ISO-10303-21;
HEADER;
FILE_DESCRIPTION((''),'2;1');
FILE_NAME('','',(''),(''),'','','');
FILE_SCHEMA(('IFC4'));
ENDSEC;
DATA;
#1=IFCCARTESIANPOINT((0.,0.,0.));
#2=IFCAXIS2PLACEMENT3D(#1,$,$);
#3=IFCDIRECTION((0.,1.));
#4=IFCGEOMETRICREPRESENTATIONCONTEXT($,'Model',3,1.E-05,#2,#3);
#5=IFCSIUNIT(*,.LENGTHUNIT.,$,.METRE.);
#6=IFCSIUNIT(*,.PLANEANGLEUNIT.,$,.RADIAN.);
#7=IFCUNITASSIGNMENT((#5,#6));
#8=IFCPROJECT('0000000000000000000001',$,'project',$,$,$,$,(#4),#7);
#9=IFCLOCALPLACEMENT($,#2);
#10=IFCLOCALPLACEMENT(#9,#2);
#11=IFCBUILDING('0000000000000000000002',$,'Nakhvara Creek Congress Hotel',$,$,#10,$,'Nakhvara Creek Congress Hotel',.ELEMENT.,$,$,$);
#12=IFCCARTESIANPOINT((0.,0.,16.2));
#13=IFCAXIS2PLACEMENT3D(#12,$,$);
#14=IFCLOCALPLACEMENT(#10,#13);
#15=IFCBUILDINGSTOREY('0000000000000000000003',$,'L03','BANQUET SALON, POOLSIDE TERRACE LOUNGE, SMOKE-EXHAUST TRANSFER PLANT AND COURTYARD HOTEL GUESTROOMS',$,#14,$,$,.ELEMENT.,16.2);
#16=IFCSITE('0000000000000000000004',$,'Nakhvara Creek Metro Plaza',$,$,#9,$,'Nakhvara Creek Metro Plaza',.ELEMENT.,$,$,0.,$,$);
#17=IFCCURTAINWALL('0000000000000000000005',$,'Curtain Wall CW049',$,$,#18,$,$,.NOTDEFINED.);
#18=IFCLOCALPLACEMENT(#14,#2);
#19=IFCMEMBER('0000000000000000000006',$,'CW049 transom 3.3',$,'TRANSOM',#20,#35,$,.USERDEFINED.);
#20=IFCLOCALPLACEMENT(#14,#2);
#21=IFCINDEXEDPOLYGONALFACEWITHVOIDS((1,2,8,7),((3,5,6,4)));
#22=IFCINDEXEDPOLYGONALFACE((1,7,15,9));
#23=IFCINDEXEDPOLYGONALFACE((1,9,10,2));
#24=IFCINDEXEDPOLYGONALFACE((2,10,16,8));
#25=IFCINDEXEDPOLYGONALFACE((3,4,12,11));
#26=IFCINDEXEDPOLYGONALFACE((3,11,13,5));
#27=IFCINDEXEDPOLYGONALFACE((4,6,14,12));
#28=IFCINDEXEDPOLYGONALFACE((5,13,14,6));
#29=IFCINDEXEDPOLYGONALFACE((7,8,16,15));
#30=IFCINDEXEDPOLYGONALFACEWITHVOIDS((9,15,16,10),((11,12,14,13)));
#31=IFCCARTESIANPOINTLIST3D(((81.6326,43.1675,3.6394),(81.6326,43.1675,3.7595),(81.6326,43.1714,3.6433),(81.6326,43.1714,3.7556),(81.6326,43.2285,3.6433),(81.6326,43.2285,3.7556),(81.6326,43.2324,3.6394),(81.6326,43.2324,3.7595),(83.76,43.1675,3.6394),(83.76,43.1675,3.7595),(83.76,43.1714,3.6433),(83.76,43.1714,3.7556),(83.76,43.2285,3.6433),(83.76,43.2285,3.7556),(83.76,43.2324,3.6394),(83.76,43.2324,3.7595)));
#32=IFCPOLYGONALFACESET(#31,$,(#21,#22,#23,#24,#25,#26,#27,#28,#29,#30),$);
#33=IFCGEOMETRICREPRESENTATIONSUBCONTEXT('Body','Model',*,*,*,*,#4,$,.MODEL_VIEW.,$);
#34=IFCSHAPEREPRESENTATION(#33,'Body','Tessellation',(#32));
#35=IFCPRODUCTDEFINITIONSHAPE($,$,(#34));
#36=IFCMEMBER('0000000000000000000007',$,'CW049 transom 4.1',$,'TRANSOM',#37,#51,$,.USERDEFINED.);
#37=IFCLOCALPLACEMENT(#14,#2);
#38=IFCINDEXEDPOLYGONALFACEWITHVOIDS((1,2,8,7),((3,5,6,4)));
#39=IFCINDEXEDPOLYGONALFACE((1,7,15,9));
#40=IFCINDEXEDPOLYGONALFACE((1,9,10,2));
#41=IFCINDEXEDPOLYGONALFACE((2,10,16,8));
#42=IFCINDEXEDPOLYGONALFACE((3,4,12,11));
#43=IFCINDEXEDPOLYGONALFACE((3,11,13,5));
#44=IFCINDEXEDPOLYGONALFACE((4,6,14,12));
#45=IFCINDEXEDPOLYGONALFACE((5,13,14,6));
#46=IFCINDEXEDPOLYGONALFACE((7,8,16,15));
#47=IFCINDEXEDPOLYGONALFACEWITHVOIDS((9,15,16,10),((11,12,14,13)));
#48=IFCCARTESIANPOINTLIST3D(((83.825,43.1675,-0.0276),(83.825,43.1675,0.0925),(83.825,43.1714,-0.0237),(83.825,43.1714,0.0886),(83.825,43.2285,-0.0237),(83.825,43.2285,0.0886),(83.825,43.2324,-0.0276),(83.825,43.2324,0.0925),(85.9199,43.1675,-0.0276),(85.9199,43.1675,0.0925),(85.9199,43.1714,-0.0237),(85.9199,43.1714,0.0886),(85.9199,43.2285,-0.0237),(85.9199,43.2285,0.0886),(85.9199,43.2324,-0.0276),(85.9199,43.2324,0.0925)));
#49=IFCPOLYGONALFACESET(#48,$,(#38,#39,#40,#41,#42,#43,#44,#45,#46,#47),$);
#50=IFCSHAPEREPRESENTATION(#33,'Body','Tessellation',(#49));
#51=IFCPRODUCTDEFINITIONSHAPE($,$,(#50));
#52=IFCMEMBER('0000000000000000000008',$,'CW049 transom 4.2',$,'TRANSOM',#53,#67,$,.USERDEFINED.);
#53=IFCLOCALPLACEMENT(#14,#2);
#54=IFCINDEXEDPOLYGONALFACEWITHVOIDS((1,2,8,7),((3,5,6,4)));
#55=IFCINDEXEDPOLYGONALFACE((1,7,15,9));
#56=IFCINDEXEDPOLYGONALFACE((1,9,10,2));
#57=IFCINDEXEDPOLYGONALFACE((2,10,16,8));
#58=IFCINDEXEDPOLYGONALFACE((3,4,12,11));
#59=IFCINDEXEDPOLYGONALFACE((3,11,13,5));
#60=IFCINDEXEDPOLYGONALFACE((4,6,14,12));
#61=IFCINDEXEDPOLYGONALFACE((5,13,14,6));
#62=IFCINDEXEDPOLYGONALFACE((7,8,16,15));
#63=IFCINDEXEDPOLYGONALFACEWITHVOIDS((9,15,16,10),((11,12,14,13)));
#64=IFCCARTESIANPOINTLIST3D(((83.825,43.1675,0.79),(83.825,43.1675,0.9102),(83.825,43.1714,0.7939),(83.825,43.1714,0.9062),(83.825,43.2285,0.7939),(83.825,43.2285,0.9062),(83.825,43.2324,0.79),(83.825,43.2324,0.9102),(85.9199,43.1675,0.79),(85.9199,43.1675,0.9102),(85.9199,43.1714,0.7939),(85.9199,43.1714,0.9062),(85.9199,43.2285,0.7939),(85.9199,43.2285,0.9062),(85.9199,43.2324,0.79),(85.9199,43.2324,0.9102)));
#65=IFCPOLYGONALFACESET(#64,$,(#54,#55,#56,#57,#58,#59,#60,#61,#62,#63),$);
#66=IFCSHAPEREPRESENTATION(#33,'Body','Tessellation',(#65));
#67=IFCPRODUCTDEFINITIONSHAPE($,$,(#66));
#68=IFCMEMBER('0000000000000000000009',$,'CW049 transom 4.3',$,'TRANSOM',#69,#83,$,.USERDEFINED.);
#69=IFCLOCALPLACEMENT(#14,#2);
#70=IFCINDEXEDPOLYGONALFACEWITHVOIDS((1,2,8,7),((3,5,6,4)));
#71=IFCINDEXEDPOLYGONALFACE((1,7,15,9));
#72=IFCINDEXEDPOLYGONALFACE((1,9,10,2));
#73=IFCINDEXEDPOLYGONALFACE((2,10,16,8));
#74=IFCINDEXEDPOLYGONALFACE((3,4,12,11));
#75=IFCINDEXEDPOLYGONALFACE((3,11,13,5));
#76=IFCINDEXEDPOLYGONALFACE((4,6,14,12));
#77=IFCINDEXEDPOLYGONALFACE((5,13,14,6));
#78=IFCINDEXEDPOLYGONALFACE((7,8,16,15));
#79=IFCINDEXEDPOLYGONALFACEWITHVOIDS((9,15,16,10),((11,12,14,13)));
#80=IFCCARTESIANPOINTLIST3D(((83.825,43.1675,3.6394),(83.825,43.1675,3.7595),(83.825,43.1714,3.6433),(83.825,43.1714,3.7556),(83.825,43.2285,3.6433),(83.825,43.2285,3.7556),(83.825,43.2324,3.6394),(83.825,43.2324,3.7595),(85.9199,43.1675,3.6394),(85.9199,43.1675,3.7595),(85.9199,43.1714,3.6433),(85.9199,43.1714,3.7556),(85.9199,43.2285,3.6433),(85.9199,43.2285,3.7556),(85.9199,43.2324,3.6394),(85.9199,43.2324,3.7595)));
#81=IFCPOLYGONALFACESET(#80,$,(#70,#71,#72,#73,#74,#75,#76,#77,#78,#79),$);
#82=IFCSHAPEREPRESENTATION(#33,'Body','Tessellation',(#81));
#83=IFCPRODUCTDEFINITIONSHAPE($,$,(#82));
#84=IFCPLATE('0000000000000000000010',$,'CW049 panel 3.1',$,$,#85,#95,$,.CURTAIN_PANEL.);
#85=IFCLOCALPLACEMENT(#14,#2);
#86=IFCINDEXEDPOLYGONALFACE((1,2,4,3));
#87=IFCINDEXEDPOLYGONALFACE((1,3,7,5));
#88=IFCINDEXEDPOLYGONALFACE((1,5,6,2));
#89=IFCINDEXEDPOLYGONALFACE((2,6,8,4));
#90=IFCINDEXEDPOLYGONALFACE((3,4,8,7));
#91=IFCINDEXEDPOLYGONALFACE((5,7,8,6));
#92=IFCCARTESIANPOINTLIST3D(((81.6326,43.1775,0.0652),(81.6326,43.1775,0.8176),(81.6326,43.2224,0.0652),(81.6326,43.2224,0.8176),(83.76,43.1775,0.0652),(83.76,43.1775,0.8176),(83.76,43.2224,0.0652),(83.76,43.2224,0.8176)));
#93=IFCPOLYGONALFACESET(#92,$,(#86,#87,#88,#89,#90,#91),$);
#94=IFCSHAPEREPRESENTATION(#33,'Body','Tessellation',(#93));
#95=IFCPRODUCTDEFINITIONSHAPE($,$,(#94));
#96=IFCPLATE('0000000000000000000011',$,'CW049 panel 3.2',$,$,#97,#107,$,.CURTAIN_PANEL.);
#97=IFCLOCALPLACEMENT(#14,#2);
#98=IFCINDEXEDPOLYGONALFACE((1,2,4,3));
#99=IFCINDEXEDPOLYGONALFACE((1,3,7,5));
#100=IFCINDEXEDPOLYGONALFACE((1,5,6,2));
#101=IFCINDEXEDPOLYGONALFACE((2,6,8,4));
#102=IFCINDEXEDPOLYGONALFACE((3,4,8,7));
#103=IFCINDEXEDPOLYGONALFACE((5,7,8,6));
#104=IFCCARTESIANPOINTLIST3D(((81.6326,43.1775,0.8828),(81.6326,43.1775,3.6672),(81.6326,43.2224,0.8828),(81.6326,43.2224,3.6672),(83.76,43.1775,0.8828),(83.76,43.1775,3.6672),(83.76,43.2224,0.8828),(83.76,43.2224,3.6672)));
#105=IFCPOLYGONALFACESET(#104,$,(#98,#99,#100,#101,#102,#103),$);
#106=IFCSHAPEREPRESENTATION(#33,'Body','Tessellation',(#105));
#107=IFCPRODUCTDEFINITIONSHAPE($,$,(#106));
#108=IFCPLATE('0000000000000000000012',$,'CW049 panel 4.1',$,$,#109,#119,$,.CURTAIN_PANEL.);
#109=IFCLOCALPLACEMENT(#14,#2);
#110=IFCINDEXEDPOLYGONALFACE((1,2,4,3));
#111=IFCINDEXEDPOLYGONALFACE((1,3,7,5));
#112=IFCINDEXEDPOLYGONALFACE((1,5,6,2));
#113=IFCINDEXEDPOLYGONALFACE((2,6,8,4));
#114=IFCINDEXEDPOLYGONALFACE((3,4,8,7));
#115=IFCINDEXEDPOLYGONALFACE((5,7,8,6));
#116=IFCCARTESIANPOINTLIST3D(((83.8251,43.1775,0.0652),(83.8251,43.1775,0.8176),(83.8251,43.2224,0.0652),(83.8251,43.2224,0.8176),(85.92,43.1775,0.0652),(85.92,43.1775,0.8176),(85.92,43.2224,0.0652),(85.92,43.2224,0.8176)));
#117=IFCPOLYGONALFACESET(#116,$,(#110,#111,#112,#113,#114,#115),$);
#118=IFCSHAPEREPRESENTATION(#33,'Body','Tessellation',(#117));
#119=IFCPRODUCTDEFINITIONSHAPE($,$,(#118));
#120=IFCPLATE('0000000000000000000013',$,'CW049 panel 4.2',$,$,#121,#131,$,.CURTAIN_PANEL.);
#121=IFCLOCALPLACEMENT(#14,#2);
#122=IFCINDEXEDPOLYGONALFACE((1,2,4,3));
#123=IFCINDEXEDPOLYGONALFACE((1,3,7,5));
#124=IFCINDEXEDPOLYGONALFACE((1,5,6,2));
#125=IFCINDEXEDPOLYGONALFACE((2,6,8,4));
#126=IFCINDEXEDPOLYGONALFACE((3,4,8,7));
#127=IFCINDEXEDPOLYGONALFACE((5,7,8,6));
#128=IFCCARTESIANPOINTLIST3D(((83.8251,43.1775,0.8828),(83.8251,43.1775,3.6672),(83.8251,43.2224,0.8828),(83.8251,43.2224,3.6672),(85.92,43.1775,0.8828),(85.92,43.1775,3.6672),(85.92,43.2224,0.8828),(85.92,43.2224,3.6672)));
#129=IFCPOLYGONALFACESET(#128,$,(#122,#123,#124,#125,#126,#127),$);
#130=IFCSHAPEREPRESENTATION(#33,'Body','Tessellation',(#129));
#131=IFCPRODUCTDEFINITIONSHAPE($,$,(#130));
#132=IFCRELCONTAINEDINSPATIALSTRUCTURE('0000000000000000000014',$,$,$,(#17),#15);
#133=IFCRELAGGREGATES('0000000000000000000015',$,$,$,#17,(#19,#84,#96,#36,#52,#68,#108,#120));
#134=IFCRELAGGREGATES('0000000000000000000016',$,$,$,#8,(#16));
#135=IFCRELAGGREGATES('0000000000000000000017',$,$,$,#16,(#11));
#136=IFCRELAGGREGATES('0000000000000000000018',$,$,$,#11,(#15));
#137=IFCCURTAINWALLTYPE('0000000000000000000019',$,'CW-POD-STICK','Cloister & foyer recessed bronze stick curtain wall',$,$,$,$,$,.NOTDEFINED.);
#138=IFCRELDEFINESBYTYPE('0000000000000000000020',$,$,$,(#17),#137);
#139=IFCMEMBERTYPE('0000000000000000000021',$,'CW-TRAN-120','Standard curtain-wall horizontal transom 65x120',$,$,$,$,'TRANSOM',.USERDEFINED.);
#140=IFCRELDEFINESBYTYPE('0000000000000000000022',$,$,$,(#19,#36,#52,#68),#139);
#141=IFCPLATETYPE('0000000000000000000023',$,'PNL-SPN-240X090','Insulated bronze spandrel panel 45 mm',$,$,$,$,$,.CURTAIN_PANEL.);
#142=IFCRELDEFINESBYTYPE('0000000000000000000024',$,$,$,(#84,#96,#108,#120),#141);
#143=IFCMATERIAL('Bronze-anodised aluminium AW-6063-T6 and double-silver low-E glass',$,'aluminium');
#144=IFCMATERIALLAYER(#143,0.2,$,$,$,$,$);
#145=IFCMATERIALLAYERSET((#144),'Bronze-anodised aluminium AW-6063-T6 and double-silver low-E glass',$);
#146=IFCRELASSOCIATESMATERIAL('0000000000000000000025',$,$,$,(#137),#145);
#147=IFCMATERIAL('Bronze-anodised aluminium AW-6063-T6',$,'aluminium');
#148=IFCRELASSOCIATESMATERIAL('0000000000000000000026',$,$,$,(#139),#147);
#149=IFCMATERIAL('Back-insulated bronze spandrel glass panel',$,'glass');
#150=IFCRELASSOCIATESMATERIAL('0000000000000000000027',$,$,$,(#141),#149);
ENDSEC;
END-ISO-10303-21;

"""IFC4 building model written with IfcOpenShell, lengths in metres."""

from ifc_helpers import new_model, si_unit, direction, frame, origin, origin_2d, place, context, subcontext, project, spatial, rectangle, hollow_rectangle, extrude, material, layer, layer_set, material_profile, profile_set, type_object, element, aggregate, save


model = new_model("IFC4")

# Units and contexts
model_context = context("Model", 3, precision=1e-05, world=origin(), true_north=direction((0.0, 1.0)))
body_context = subcontext(model_context, "Body", "Model", "MODEL_VIEW")
ifc_project = project(units=[si_unit("LENGTHUNIT", "METRE"), si_unit("PLANEANGLEUNIT", "RADIAN")], contexts=[model_context])

# Site, building, storey
site_placement = place(None, origin())
site = spatial("IfcSite", under=ifc_project, at=site_placement, Name="Nakhvara Creek Metro Plaza", LongName="Nakhvara Creek Metro Plaza", CompositionType="ELEMENT", RefElevation=0.0)
building_placement = place(site_placement, origin())
building = spatial("IfcBuilding", under=site, at=building_placement, Name="Nakhvara Creek Congress Hotel", LongName="Nakhvara Creek Congress Hotel", CompositionType="ELEMENT")
storey_placement = place(building_placement, frame((0.0, 0.0, 16.2)))
storey = spatial("IfcBuildingStorey", under=building, at=storey_placement, Name="L03", Description="BANQUET SALON, POOLSIDE TERRACE LOUNGE, SMOKE-EXHAUST TRANSFER PLANT AND COURTYARD HOTEL GUESTROOMS", CompositionType="ELEMENT", Elevation=16.2)

# Curtain wall, members, plates
ifc_material_1 = material(Name="Bronze-anodised aluminium AW-6063-T6 and double-silver low-E glass", Category="aluminium")
ifc_layer = layer(ifc_material_1, 0.2)
ifc_layer_set = layer_set([ifc_layer], Name="Bronze-anodised aluminium AW-6063-T6 and double-silver low-E glass")
curtain_wall_type = type_object("IfcCurtainWallType", Name="CW-POD-STICK", Description="Cloister & foyer recessed bronze stick curtain wall", PredefinedType="NOTDEFINED", material=ifc_layer_set)
curtain_wall_placement = place(storey_placement, origin())
curtain_wall = element("IfcCurtainWall", 1, at=curtain_wall_placement, inside=storey, type_object=curtain_wall_type, Name="Curtain Wall CW049", PredefinedType="NOTDEFINED")
ifc_material_2 = material(Name="Bronze-anodised aluminium AW-6063-T6", Category="aluminium")
ifc_material_profile_1 = material_profile(ifc_material_2, hollow_rectangle(XDim=0.0649, YDim=0.1201, WallThickness=0.0039, at=origin_2d()), Name="ALU-TRAN 65x120x4", Category="LoadBearing")
ifc_profile_set_1 = profile_set([ifc_material_profile_1], Name="Bronze-anodised aluminium AW-6063-T6")
member_type_1 = type_object("IfcMemberType", Name="CW-TRAN-120", Description="Standard curtain-wall horizontal transom 65x120", ElementType="TRANSOM", PredefinedType="USERDEFINED", material=ifc_profile_set_1)
member_1_placement = place(storey_placement, frame((81.6326, 43.2, 3.6995), z_axis=(1.0, 0.0, 0.0), x_axis=(0.0, 1.0, 0.0)))
member_1 = element("IfcMember", 2, at=member_1_placement, type_object=member_type_1, Name="CW049 transom 3.3", ObjectType="TRANSOM", PredefinedType="USERDEFINED", context=body_context, shape_type="SweptSolid", body=[
    extrude(hollow_rectangle(XDim=0.0649, YDim=0.1201, WallThickness=0.0039, at=origin_2d()), origin(), (0.0, 0.0, 1.0), 2.1274),
])
member_2_placement = place(storey_placement, frame((83.825, 43.2, 0.0325), z_axis=(1.0, 0.0, 0.0), x_axis=(0.0, 1.0, 0.0)))
member_2 = element("IfcMember", 3, at=member_2_placement, type_object=member_type_1, Name="CW049 transom 4.1", ObjectType="TRANSOM", PredefinedType="USERDEFINED", context=body_context, shape_type="SweptSolid", body=[
    extrude(hollow_rectangle(XDim=0.0649, YDim=0.1201, WallThickness=0.0039, at=origin_2d()), origin(), (0.0, 0.0, 1.0), 2.095),
])
member_3_placement = place(storey_placement, frame((83.825, 43.2, 0.8501), z_axis=(1.0, 0.0, 0.0), x_axis=(0.0, 1.0, 0.0)))
member_3 = element("IfcMember", 4, at=member_3_placement, type_object=member_type_1, Name="CW049 transom 4.2", ObjectType="TRANSOM", PredefinedType="USERDEFINED", context=body_context, shape_type="SweptSolid", body=[
    extrude(hollow_rectangle(XDim=0.0649, YDim=0.1201, WallThickness=0.0039, at=origin_2d()), origin(), (0.0, 0.0, 1.0), 2.095),
])
member_4_placement = place(storey_placement, frame((83.825, 43.2, 3.6995), z_axis=(1.0, 0.0, 0.0), x_axis=(0.0, 1.0, 0.0)))
member_4 = element("IfcMember", 5, at=member_4_placement, type_object=member_type_1, Name="CW049 transom 4.3", ObjectType="TRANSOM", PredefinedType="USERDEFINED", context=body_context, shape_type="SweptSolid", body=[
    extrude(hollow_rectangle(XDim=0.0649, YDim=0.1201, WallThickness=0.0039, at=origin_2d()), origin(), (0.0, 0.0, 1.0), 2.095),
])
ifc_material_3 = material(Name="Back-insulated bronze spandrel glass panel", Category="glass")
plate_type = type_object("IfcPlateType", Name="PNL-SPN-240X090", Description="Insulated bronze spandrel panel 45 mm", PredefinedType="CURTAIN_PANEL", material=ifc_material_3)
plate_1_placement = place(storey_placement, frame((82.6963, 43.2, 0.0652), z_axis=(0.0, 0.0, 1.0), x_axis=(1.0, 0.0, 0.0)))
plate_1 = element("IfcPlate", 6, at=plate_1_placement, type_object=plate_type, Name="CW049 panel 3.1", PredefinedType="CURTAIN_PANEL", context=body_context, shape_type="SweptSolid", body=[
    extrude(rectangle(XDim=2.1274, YDim=0.0449, at=origin_2d()), origin(), (0.0, 0.0, 1.0), 0.7524),
])
plate_2_placement = place(storey_placement, frame((82.6963, 43.2, 0.8828), z_axis=(0.0, 0.0, 1.0), x_axis=(1.0, 0.0, 0.0)))
plate_2 = element("IfcPlate", 7, at=plate_2_placement, type_object=plate_type, Name="CW049 panel 3.2", PredefinedType="CURTAIN_PANEL", context=body_context, shape_type="SweptSolid", body=[
    extrude(rectangle(XDim=2.1274, YDim=0.0449, at=origin_2d()), origin(), (0.0, 0.0, 1.0), 2.7844),
])
plate_3_placement = place(storey_placement, frame((84.8726, 43.2, 0.0652), z_axis=(0.0, 0.0, 1.0), x_axis=(1.0, 0.0, 0.0)))
plate_3 = element("IfcPlate", 8, at=plate_3_placement, type_object=plate_type, Name="CW049 panel 4.1", PredefinedType="CURTAIN_PANEL", context=body_context, shape_type="SweptSolid", body=[
    extrude(rectangle(XDim=2.095, YDim=0.0449, at=origin_2d()), origin(), (0.0, 0.0, 1.0), 0.7524),
])
plate_4_placement = place(storey_placement, frame((84.8726, 43.2, 0.8828), z_axis=(0.0, 0.0, 1.0), x_axis=(1.0, 0.0, 0.0)))
plate_4 = element("IfcPlate", 9, at=plate_4_placement, type_object=plate_type, Name="CW049 panel 4.2", PredefinedType="CURTAIN_PANEL", context=body_context, shape_type="SweptSolid", body=[
    extrude(rectangle(XDim=2.095, YDim=0.0449, at=origin_2d()), origin(), (0.0, 0.0, 1.0), 2.7844),
])
aggregate(curtain_wall, [member_1, plate_1, plate_2, member_2, member_3, member_4, plate_3, plate_4])

save(model, "model.ifc")
